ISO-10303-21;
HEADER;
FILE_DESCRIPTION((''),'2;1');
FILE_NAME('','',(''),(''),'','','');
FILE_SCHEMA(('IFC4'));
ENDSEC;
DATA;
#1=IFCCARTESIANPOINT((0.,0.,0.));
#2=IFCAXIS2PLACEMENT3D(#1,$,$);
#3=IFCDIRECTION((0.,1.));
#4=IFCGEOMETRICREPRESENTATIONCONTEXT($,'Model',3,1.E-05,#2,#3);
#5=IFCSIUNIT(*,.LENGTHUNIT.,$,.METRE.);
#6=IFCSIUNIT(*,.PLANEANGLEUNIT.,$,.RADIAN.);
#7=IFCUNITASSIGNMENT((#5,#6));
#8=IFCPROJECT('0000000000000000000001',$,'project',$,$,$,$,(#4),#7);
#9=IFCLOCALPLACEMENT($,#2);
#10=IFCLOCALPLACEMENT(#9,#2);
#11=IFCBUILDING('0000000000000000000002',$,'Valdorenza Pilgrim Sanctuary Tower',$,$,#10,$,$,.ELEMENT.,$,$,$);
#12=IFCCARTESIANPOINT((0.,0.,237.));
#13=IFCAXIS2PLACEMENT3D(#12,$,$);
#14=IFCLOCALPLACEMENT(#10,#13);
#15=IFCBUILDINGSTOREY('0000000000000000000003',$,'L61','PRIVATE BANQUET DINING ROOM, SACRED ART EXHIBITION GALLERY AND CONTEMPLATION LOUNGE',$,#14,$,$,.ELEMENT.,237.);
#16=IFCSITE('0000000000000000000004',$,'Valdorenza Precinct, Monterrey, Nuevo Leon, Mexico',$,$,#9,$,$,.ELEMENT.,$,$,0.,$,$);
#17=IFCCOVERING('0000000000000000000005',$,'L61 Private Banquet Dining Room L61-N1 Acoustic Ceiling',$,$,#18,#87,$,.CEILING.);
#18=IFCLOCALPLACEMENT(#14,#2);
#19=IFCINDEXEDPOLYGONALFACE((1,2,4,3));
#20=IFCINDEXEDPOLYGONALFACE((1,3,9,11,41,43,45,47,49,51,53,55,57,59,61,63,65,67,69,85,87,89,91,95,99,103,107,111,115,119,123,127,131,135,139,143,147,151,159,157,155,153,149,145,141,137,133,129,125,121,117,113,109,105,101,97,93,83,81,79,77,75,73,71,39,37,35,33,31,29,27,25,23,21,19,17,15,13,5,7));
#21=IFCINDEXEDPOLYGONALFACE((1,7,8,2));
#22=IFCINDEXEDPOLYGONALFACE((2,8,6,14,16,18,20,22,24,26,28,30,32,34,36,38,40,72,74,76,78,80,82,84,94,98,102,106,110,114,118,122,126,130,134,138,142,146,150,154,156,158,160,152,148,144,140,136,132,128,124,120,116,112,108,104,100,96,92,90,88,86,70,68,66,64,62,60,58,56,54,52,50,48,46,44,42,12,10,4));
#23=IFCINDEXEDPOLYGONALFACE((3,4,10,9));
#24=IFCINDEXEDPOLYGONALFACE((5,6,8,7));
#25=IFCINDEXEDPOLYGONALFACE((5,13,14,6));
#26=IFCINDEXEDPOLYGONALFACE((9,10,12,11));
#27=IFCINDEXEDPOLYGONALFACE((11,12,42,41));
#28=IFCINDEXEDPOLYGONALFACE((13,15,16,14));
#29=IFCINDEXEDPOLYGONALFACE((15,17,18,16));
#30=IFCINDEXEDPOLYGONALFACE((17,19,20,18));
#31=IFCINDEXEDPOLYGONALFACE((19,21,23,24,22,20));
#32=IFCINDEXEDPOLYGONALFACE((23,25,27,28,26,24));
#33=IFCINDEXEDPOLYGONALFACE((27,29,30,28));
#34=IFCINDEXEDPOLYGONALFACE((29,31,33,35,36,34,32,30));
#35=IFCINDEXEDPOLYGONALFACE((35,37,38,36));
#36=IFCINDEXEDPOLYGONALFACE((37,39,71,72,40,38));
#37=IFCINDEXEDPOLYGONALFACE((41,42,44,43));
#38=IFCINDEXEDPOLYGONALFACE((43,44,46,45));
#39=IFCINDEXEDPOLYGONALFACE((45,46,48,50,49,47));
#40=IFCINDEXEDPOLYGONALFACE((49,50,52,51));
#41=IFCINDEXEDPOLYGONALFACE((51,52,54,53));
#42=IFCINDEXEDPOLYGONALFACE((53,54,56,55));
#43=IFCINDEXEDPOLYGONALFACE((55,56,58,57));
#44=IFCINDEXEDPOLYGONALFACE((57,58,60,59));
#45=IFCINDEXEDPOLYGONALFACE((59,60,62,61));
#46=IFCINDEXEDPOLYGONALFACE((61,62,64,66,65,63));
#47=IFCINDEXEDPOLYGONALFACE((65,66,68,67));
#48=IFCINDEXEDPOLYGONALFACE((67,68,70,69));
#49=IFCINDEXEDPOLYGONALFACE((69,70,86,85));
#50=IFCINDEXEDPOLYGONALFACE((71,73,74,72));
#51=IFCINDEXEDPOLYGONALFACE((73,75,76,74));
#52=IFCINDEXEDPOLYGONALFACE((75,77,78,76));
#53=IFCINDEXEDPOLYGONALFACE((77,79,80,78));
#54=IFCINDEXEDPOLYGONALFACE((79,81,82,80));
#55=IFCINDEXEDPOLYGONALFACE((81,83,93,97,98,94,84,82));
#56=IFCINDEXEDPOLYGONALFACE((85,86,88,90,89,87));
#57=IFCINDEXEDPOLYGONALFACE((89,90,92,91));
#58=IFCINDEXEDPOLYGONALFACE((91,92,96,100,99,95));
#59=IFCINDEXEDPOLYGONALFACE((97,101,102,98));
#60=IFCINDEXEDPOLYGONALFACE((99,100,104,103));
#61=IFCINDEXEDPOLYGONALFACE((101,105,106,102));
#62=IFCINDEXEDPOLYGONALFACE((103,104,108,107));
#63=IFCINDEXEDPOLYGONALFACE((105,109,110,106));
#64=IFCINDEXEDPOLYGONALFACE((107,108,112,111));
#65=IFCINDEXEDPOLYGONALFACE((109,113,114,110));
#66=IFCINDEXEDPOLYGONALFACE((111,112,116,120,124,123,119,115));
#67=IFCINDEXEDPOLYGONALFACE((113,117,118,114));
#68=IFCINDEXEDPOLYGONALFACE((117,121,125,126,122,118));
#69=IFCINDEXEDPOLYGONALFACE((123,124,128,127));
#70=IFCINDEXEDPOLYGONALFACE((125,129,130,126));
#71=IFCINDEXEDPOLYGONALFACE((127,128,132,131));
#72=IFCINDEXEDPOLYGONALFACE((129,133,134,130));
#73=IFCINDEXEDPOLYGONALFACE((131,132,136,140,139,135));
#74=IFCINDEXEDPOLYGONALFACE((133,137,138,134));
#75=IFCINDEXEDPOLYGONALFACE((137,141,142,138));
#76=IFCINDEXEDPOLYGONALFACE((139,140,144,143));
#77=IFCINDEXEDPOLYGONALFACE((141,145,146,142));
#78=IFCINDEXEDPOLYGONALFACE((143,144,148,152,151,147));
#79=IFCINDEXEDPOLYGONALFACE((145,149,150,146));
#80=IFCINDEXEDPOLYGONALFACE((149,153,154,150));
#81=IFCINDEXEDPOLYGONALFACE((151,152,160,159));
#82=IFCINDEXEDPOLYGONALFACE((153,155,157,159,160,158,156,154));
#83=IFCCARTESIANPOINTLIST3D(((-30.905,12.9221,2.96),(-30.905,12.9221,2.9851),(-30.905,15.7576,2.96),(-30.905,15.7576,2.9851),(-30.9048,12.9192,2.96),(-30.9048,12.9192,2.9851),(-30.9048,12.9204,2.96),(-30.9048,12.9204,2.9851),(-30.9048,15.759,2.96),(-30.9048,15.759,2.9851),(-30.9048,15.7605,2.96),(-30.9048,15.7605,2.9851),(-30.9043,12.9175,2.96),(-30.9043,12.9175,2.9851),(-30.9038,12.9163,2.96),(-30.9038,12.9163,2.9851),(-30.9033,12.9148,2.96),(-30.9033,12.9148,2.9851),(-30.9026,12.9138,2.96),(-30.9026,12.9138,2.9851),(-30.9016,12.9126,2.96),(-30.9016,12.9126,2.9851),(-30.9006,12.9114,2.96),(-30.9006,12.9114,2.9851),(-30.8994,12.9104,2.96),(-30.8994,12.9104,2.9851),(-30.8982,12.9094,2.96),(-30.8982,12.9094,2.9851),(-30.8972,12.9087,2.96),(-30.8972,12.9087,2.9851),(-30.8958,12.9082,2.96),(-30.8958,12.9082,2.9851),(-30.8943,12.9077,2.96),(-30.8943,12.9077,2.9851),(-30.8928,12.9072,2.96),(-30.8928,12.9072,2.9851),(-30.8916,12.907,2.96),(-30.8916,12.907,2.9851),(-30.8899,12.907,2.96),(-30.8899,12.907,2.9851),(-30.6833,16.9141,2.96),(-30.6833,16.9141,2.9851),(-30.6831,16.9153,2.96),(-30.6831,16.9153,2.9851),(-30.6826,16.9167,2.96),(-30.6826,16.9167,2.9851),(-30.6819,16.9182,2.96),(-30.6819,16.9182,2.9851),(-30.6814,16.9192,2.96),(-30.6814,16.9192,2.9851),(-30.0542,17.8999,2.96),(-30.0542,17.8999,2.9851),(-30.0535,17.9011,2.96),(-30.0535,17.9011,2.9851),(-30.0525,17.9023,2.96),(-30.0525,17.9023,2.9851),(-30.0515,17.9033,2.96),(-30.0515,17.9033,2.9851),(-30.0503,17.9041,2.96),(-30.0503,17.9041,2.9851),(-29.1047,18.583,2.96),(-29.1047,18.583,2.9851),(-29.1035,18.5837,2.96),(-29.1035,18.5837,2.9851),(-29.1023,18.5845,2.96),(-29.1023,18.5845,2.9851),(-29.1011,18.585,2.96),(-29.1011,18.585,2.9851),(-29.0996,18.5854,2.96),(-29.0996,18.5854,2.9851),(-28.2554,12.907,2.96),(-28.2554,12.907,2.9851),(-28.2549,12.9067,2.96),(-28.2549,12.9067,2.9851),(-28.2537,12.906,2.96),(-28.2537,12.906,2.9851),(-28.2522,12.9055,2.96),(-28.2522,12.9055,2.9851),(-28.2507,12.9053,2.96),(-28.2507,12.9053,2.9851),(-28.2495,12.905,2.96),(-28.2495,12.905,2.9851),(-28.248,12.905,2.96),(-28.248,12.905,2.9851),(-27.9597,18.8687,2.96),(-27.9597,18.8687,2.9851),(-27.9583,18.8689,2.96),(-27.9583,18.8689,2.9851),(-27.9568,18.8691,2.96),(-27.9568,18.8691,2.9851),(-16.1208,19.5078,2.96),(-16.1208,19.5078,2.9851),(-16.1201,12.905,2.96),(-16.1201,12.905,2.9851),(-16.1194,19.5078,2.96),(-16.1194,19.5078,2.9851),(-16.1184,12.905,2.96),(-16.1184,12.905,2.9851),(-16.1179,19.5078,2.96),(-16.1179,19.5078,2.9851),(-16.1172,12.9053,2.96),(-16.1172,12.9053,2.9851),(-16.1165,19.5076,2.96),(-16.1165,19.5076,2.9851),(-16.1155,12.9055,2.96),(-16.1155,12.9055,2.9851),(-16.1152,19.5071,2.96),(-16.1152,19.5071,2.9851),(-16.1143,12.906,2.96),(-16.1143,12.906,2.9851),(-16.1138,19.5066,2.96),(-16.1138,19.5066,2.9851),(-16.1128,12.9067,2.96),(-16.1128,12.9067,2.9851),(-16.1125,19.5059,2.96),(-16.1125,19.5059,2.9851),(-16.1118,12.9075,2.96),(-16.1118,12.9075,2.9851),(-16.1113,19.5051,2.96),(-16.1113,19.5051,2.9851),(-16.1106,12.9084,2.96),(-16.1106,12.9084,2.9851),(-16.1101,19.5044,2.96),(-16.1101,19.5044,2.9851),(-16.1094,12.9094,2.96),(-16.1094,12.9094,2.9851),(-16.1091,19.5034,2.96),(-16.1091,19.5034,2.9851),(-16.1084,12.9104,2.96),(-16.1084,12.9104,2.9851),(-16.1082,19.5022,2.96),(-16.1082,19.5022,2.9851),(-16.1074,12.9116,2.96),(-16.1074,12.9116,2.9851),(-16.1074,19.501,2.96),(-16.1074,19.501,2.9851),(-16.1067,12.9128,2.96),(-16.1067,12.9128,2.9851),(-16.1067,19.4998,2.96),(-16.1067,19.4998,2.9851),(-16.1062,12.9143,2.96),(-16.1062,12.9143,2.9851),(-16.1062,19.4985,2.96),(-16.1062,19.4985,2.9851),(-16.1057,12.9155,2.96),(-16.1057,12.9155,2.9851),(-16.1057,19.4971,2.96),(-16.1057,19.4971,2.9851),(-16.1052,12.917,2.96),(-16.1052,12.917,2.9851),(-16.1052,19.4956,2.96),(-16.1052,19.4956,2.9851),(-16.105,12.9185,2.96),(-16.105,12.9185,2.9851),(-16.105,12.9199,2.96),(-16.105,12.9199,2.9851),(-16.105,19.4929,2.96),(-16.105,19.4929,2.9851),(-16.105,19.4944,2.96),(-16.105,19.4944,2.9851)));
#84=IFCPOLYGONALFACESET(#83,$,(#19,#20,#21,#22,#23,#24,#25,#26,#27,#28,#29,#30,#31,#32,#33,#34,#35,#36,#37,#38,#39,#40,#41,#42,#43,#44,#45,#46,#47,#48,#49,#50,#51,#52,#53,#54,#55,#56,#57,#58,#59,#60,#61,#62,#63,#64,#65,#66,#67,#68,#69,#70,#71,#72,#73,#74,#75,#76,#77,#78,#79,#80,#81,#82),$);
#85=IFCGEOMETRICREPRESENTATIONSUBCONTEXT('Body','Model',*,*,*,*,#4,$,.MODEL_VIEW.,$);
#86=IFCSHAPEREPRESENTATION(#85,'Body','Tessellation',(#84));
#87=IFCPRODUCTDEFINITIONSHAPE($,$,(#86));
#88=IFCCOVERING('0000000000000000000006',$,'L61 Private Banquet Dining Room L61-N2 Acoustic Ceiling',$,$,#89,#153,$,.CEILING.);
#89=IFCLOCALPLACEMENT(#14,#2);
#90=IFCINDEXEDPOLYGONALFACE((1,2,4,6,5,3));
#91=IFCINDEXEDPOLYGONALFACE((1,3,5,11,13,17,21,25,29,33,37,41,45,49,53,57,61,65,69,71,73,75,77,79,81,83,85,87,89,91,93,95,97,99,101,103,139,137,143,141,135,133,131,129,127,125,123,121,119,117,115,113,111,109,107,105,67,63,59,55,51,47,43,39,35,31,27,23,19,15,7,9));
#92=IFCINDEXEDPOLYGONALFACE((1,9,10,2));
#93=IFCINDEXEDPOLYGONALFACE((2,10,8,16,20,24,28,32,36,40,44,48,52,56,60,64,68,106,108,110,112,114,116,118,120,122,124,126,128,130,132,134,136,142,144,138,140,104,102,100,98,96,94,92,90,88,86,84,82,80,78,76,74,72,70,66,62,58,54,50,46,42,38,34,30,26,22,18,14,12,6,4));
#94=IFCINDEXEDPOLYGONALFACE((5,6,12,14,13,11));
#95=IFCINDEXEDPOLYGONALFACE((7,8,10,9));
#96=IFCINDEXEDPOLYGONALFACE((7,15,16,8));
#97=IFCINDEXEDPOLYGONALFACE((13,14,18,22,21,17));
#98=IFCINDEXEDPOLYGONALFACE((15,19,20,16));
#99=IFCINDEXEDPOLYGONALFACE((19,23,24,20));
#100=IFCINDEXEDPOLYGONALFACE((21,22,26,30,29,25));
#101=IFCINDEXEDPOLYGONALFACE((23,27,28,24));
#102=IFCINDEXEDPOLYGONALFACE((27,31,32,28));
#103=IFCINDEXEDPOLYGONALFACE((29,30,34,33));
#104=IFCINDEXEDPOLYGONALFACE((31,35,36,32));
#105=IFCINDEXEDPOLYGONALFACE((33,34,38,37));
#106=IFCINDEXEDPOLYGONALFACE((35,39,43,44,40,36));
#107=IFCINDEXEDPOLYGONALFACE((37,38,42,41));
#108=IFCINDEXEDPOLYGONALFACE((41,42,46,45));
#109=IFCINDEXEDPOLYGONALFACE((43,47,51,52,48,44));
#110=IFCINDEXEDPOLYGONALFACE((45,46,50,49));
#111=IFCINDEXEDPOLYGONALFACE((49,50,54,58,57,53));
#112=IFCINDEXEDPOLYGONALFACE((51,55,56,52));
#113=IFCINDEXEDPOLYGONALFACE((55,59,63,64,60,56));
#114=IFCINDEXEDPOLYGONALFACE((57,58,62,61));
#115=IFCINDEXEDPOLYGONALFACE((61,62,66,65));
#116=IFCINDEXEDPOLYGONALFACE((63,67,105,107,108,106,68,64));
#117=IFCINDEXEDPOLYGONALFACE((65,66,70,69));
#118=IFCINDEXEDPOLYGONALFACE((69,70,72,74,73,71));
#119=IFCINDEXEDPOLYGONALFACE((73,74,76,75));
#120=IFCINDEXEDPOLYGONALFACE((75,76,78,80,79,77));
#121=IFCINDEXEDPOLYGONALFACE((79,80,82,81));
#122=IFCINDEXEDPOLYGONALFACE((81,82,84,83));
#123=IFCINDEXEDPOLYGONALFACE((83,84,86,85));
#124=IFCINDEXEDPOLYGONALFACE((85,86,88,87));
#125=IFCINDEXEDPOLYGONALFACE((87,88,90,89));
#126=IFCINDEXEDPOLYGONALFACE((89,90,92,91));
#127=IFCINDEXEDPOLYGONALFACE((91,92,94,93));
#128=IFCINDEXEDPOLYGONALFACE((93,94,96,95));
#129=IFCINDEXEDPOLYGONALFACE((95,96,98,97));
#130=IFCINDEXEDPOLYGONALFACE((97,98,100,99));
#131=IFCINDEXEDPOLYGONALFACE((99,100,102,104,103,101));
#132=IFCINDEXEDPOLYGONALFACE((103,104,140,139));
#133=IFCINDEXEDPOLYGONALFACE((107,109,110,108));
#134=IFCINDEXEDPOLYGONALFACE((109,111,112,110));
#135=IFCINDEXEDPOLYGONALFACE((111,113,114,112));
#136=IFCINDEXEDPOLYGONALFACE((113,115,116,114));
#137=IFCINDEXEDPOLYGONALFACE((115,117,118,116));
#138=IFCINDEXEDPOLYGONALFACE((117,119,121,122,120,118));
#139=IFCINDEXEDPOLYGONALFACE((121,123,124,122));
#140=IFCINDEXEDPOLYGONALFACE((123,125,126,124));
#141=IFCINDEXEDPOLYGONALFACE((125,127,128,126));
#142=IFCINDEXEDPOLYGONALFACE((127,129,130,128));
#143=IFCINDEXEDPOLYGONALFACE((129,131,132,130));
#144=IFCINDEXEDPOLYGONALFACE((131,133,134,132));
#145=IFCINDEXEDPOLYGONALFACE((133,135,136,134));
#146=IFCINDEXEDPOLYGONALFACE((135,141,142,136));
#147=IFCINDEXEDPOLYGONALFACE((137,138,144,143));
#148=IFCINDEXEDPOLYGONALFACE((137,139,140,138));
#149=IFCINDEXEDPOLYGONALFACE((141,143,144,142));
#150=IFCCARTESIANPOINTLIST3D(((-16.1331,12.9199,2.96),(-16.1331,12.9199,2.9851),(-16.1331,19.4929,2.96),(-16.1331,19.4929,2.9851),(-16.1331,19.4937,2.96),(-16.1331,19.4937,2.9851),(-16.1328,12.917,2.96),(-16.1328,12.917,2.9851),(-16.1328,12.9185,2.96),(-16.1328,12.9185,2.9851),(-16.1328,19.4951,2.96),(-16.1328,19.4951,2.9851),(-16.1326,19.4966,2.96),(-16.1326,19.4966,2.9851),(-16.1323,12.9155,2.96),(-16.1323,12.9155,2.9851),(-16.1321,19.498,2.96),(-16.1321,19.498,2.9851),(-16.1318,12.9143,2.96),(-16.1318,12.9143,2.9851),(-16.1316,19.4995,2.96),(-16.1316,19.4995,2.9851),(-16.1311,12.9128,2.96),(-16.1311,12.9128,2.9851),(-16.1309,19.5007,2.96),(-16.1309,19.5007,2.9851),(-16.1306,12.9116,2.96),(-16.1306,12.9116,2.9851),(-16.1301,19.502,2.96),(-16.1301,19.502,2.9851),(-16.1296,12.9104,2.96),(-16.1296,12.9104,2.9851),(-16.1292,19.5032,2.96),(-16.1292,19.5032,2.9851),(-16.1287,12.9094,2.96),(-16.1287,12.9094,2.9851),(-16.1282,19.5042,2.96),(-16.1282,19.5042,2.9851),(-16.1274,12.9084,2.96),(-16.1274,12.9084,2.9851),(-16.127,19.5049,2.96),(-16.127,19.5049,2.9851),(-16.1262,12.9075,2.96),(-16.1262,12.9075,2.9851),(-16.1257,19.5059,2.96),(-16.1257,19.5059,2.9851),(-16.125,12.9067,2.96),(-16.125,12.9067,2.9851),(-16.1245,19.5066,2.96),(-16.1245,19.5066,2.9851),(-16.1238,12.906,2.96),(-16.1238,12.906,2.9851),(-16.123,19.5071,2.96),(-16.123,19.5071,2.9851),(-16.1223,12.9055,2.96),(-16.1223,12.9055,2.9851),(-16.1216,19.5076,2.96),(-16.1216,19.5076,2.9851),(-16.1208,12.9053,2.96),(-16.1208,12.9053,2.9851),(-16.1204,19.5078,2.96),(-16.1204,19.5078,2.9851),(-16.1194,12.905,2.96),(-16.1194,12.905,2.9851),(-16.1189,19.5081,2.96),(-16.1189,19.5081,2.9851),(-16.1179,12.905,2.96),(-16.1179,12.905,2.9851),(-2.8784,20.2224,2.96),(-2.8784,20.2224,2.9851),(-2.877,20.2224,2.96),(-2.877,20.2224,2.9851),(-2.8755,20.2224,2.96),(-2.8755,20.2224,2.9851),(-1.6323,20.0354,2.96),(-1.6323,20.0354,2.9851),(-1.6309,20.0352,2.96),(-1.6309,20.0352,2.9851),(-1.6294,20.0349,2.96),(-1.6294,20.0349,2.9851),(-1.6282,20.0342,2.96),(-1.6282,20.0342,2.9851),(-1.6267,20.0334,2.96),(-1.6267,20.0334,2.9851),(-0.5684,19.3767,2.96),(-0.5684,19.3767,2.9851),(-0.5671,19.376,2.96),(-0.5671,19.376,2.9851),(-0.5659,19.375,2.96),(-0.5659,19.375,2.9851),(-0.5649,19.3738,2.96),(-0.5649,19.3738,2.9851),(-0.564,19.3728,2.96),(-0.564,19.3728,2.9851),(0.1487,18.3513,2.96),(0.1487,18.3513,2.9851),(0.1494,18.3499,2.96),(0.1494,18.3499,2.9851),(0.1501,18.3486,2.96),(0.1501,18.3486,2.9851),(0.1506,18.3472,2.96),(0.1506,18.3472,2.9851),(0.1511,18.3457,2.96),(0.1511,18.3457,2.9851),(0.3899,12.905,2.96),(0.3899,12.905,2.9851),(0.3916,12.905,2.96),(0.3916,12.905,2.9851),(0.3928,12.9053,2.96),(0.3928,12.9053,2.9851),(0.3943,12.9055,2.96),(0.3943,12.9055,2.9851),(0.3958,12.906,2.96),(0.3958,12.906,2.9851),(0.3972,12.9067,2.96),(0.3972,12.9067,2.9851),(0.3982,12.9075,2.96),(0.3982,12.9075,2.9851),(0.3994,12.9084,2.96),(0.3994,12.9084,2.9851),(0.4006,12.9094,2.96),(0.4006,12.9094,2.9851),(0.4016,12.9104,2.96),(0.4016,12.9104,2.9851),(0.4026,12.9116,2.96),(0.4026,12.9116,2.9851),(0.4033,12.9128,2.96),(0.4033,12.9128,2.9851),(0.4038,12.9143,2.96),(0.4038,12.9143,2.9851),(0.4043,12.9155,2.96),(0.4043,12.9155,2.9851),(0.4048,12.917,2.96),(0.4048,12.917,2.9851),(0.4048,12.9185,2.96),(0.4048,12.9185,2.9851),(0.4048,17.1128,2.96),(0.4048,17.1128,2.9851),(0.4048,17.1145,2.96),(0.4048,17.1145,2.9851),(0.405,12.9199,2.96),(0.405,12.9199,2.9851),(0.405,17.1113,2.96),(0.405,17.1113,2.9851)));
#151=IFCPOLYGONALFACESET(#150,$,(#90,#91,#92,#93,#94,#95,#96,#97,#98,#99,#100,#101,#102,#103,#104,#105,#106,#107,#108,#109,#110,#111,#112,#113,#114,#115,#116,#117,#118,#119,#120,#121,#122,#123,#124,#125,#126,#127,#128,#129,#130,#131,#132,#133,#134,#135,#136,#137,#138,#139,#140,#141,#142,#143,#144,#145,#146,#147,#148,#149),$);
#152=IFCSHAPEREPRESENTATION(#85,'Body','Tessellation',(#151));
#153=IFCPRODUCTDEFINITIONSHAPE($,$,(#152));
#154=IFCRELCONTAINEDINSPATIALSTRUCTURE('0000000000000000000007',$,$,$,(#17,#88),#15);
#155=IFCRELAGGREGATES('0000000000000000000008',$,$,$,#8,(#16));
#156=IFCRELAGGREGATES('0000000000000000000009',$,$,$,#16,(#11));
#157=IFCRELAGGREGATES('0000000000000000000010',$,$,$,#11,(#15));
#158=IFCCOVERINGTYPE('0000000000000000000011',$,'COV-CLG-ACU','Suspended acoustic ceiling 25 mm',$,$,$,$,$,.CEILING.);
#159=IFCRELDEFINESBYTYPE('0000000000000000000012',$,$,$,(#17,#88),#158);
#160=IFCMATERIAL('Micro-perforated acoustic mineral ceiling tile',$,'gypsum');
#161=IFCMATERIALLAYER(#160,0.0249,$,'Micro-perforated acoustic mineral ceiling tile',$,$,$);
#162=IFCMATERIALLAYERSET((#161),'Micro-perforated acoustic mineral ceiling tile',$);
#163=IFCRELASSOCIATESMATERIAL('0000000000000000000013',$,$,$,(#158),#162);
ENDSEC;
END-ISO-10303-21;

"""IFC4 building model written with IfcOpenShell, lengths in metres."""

from ifc_helpers import new_model, si_unit, direction, frame, origin, place, context, subcontext, project, spatial, polyline, outline, extrude, material, layer, layer_set, type_object, element, save


model = new_model("IFC4")

# Units and contexts
model_context = context("Model", 3, precision=1e-05, world=origin(), true_north=direction((0.0, 1.0)))
body_context = subcontext(model_context, "Body", "Model", "MODEL_VIEW")
ifc_project = project(units=[si_unit("LENGTHUNIT", "METRE"), si_unit("PLANEANGLEUNIT", "RADIAN")], contexts=[model_context])

# Site, building, storey
site_placement = place(None, origin())
site = spatial("IfcSite", under=ifc_project, at=site_placement, Name="Valdorenza Precinct, Monterrey, Nuevo Leon, Mexico", CompositionType="ELEMENT", RefElevation=0.0)
building_placement = place(site_placement, origin())
building = spatial("IfcBuilding", under=site, at=building_placement, Name="Valdorenza Pilgrim Sanctuary Tower", CompositionType="ELEMENT")
storey_placement = place(building_placement, frame((0.0, 0.0, 237.0)))
storey = spatial("IfcBuildingStorey", under=building, at=storey_placement, Name="L61", Description="PRIVATE BANQUET DINING ROOM, SACRED ART EXHIBITION GALLERY AND CONTEMPLATION LOUNGE", CompositionType="ELEMENT", Elevation=237.0)

# Coverings
ifc_material_1 = material(Name="Micro-perforated acoustic mineral ceiling tile", Category="gypsum")
ifc_layer_1 = layer(ifc_material_1, 0.0249, Name="Micro-perforated acoustic mineral ceiling tile")
ifc_layer_set_1 = layer_set([ifc_layer_1], Name="Micro-perforated acoustic mineral ceiling tile")
covering_type_1 = type_object("IfcCoveringType", Name="COV-CLG-ACU", Description="Suspended acoustic ceiling 25 mm", PredefinedType="CEILING", material=ifc_layer_set_1)
covering_1_placement = place(storey_placement, frame((0.0, 0.0, 2.96)))
element("IfcCovering", 1, at=covering_1_placement, inside=storey, type_object=covering_type_1, Name="L61 Private Banquet Dining Room L61-N1 Acoustic Ceiling", PredefinedType="CEILING", context=body_context, shape_type="SweptSolid", body=[
    extrude(outline(polyline([(-28.2554, 12.907), (-30.8899, 12.907), (-30.8916, 12.907), (-30.8928, 12.9072), (-30.8943, 12.9077), (-30.8958, 12.9082), (-30.8972, 12.9087), (-30.8982, 12.9094), (-30.8994, 12.9104), (-30.9006, 12.9114), (-30.9016, 12.9126), (-30.9026, 12.9138), (-30.9033, 12.9148), (-30.9038, 12.9163), (-30.9043, 12.9175), (-30.9048, 12.9192), (-30.9048, 12.9204), (-30.905, 12.9221), (-30.905, 15.7576), (-30.9048, 15.759), (-30.9048, 15.7605), (-30.6833, 16.9141), (-30.6831, 16.9153), (-30.6826, 16.9167), (-30.6819, 16.9182), (-30.6814, 16.9192), (-30.0542, 17.8999), (-30.0535, 17.9011), (-30.0525, 17.9023), (-30.0515, 17.9033), (-30.0503, 17.9041), (-29.1047, 18.583), (-29.1035, 18.5837), (-29.1023, 18.5845), (-29.1011, 18.585), (-29.0996, 18.5854), (-27.9597, 18.8687), (-27.9583, 18.8689), (-27.9568, 18.8691), (-16.1208, 19.5078), (-16.1194, 19.5078), (-16.1179, 19.5078), (-16.1165, 19.5076), (-16.1152, 19.5071), (-16.1138, 19.5066), (-16.1125, 19.5059), (-16.1113, 19.5051), (-16.1101, 19.5044), (-16.1091, 19.5034), (-16.1082, 19.5022), (-16.1074, 19.501), (-16.1067, 19.4998), (-16.1062, 19.4985), (-16.1057, 19.4971), (-16.1052, 19.4956), (-16.105, 19.4944), (-16.105, 19.4929), (-16.105, 12.9199), (-16.105, 12.9185), (-16.1052, 12.917), (-16.1057, 12.9155), (-16.1062, 12.9143), (-16.1067, 12.9128), (-16.1074, 12.9116), (-16.1084, 12.9104), (-16.1094, 12.9094), (-16.1106, 12.9084), (-16.1118, 12.9075), (-16.1128, 12.9067), (-16.1143, 12.906), (-16.1155, 12.9055), (-16.1172, 12.9053), (-16.1184, 12.905), (-16.1201, 12.905), (-28.248, 12.905), (-28.2495, 12.905), (-28.2507, 12.9053), (-28.2522, 12.9055), (-28.2537, 12.906), (-28.2549, 12.9067), (-28.2554, 12.907)])), origin(), (0.0, 0.0, 1.0), 0.0251),
])
covering_2_placement = place(storey_placement, frame((0.0, 0.0, 2.96)))
element("IfcCovering", 2, at=covering_2_placement, inside=storey, type_object=covering_type_1, Name="L61 Private Banquet Dining Room L61-N2 Acoustic Ceiling", PredefinedType="CEILING", context=body_context, shape_type="SweptSolid", body=[
    extrude(outline(polyline([(-16.1331, 19.4929), (-16.1331, 19.4937), (-16.1328, 19.4951), (-16.1326, 19.4966), (-16.1321, 19.498), (-16.1316, 19.4995), (-16.1309, 19.5007), (-16.1301, 19.502), (-16.1292, 19.5032), (-16.1282, 19.5042), (-16.127, 19.5049), (-16.1257, 19.5059), (-16.1245, 19.5066), (-16.123, 19.5071), (-16.1216, 19.5076), (-16.1204, 19.5078), (-16.1189, 19.5081), (-2.8784, 20.2224), (-2.877, 20.2224), (-2.8755, 20.2224), (-1.6323, 20.0354), (-1.6309, 20.0352), (-1.6294, 20.0349), (-1.6282, 20.0342), (-1.6267, 20.0334), (-0.5684, 19.3767), (-0.5671, 19.376), (-0.5659, 19.375), (-0.5649, 19.3738), (-0.564, 19.3728), (0.1487, 18.3513), (0.1494, 18.3499), (0.1501, 18.3486), (0.1506, 18.3472), (0.1511, 18.3457), (0.4048, 17.1145), (0.4048, 17.1128), (0.405, 17.1113), (0.405, 12.9199), (0.4048, 12.9185), (0.4048, 12.917), (0.4043, 12.9155), (0.4038, 12.9143), (0.4033, 12.9128), (0.4026, 12.9116), (0.4016, 12.9104), (0.4006, 12.9094), (0.3994, 12.9084), (0.3982, 12.9075), (0.3972, 12.9067), (0.3958, 12.906), (0.3943, 12.9055), (0.3928, 12.9053), (0.3916, 12.905), (0.3899, 12.905), (-16.1179, 12.905), (-16.1194, 12.905), (-16.1208, 12.9053), (-16.1223, 12.9055), (-16.1238, 12.906), (-16.125, 12.9067), (-16.1262, 12.9075), (-16.1274, 12.9084), (-16.1287, 12.9094), (-16.1296, 12.9104), (-16.1306, 12.9116), (-16.1311, 12.9128), (-16.1318, 12.9143), (-16.1323, 12.9155), (-16.1328, 12.917), (-16.1328, 12.9185), (-16.1331, 12.9199), (-16.1331, 19.4929), (-16.1331, 19.4929)])), origin(), (0.0, 0.0, 1.0), 0.0251),
])

save(model, "model.ifc")
